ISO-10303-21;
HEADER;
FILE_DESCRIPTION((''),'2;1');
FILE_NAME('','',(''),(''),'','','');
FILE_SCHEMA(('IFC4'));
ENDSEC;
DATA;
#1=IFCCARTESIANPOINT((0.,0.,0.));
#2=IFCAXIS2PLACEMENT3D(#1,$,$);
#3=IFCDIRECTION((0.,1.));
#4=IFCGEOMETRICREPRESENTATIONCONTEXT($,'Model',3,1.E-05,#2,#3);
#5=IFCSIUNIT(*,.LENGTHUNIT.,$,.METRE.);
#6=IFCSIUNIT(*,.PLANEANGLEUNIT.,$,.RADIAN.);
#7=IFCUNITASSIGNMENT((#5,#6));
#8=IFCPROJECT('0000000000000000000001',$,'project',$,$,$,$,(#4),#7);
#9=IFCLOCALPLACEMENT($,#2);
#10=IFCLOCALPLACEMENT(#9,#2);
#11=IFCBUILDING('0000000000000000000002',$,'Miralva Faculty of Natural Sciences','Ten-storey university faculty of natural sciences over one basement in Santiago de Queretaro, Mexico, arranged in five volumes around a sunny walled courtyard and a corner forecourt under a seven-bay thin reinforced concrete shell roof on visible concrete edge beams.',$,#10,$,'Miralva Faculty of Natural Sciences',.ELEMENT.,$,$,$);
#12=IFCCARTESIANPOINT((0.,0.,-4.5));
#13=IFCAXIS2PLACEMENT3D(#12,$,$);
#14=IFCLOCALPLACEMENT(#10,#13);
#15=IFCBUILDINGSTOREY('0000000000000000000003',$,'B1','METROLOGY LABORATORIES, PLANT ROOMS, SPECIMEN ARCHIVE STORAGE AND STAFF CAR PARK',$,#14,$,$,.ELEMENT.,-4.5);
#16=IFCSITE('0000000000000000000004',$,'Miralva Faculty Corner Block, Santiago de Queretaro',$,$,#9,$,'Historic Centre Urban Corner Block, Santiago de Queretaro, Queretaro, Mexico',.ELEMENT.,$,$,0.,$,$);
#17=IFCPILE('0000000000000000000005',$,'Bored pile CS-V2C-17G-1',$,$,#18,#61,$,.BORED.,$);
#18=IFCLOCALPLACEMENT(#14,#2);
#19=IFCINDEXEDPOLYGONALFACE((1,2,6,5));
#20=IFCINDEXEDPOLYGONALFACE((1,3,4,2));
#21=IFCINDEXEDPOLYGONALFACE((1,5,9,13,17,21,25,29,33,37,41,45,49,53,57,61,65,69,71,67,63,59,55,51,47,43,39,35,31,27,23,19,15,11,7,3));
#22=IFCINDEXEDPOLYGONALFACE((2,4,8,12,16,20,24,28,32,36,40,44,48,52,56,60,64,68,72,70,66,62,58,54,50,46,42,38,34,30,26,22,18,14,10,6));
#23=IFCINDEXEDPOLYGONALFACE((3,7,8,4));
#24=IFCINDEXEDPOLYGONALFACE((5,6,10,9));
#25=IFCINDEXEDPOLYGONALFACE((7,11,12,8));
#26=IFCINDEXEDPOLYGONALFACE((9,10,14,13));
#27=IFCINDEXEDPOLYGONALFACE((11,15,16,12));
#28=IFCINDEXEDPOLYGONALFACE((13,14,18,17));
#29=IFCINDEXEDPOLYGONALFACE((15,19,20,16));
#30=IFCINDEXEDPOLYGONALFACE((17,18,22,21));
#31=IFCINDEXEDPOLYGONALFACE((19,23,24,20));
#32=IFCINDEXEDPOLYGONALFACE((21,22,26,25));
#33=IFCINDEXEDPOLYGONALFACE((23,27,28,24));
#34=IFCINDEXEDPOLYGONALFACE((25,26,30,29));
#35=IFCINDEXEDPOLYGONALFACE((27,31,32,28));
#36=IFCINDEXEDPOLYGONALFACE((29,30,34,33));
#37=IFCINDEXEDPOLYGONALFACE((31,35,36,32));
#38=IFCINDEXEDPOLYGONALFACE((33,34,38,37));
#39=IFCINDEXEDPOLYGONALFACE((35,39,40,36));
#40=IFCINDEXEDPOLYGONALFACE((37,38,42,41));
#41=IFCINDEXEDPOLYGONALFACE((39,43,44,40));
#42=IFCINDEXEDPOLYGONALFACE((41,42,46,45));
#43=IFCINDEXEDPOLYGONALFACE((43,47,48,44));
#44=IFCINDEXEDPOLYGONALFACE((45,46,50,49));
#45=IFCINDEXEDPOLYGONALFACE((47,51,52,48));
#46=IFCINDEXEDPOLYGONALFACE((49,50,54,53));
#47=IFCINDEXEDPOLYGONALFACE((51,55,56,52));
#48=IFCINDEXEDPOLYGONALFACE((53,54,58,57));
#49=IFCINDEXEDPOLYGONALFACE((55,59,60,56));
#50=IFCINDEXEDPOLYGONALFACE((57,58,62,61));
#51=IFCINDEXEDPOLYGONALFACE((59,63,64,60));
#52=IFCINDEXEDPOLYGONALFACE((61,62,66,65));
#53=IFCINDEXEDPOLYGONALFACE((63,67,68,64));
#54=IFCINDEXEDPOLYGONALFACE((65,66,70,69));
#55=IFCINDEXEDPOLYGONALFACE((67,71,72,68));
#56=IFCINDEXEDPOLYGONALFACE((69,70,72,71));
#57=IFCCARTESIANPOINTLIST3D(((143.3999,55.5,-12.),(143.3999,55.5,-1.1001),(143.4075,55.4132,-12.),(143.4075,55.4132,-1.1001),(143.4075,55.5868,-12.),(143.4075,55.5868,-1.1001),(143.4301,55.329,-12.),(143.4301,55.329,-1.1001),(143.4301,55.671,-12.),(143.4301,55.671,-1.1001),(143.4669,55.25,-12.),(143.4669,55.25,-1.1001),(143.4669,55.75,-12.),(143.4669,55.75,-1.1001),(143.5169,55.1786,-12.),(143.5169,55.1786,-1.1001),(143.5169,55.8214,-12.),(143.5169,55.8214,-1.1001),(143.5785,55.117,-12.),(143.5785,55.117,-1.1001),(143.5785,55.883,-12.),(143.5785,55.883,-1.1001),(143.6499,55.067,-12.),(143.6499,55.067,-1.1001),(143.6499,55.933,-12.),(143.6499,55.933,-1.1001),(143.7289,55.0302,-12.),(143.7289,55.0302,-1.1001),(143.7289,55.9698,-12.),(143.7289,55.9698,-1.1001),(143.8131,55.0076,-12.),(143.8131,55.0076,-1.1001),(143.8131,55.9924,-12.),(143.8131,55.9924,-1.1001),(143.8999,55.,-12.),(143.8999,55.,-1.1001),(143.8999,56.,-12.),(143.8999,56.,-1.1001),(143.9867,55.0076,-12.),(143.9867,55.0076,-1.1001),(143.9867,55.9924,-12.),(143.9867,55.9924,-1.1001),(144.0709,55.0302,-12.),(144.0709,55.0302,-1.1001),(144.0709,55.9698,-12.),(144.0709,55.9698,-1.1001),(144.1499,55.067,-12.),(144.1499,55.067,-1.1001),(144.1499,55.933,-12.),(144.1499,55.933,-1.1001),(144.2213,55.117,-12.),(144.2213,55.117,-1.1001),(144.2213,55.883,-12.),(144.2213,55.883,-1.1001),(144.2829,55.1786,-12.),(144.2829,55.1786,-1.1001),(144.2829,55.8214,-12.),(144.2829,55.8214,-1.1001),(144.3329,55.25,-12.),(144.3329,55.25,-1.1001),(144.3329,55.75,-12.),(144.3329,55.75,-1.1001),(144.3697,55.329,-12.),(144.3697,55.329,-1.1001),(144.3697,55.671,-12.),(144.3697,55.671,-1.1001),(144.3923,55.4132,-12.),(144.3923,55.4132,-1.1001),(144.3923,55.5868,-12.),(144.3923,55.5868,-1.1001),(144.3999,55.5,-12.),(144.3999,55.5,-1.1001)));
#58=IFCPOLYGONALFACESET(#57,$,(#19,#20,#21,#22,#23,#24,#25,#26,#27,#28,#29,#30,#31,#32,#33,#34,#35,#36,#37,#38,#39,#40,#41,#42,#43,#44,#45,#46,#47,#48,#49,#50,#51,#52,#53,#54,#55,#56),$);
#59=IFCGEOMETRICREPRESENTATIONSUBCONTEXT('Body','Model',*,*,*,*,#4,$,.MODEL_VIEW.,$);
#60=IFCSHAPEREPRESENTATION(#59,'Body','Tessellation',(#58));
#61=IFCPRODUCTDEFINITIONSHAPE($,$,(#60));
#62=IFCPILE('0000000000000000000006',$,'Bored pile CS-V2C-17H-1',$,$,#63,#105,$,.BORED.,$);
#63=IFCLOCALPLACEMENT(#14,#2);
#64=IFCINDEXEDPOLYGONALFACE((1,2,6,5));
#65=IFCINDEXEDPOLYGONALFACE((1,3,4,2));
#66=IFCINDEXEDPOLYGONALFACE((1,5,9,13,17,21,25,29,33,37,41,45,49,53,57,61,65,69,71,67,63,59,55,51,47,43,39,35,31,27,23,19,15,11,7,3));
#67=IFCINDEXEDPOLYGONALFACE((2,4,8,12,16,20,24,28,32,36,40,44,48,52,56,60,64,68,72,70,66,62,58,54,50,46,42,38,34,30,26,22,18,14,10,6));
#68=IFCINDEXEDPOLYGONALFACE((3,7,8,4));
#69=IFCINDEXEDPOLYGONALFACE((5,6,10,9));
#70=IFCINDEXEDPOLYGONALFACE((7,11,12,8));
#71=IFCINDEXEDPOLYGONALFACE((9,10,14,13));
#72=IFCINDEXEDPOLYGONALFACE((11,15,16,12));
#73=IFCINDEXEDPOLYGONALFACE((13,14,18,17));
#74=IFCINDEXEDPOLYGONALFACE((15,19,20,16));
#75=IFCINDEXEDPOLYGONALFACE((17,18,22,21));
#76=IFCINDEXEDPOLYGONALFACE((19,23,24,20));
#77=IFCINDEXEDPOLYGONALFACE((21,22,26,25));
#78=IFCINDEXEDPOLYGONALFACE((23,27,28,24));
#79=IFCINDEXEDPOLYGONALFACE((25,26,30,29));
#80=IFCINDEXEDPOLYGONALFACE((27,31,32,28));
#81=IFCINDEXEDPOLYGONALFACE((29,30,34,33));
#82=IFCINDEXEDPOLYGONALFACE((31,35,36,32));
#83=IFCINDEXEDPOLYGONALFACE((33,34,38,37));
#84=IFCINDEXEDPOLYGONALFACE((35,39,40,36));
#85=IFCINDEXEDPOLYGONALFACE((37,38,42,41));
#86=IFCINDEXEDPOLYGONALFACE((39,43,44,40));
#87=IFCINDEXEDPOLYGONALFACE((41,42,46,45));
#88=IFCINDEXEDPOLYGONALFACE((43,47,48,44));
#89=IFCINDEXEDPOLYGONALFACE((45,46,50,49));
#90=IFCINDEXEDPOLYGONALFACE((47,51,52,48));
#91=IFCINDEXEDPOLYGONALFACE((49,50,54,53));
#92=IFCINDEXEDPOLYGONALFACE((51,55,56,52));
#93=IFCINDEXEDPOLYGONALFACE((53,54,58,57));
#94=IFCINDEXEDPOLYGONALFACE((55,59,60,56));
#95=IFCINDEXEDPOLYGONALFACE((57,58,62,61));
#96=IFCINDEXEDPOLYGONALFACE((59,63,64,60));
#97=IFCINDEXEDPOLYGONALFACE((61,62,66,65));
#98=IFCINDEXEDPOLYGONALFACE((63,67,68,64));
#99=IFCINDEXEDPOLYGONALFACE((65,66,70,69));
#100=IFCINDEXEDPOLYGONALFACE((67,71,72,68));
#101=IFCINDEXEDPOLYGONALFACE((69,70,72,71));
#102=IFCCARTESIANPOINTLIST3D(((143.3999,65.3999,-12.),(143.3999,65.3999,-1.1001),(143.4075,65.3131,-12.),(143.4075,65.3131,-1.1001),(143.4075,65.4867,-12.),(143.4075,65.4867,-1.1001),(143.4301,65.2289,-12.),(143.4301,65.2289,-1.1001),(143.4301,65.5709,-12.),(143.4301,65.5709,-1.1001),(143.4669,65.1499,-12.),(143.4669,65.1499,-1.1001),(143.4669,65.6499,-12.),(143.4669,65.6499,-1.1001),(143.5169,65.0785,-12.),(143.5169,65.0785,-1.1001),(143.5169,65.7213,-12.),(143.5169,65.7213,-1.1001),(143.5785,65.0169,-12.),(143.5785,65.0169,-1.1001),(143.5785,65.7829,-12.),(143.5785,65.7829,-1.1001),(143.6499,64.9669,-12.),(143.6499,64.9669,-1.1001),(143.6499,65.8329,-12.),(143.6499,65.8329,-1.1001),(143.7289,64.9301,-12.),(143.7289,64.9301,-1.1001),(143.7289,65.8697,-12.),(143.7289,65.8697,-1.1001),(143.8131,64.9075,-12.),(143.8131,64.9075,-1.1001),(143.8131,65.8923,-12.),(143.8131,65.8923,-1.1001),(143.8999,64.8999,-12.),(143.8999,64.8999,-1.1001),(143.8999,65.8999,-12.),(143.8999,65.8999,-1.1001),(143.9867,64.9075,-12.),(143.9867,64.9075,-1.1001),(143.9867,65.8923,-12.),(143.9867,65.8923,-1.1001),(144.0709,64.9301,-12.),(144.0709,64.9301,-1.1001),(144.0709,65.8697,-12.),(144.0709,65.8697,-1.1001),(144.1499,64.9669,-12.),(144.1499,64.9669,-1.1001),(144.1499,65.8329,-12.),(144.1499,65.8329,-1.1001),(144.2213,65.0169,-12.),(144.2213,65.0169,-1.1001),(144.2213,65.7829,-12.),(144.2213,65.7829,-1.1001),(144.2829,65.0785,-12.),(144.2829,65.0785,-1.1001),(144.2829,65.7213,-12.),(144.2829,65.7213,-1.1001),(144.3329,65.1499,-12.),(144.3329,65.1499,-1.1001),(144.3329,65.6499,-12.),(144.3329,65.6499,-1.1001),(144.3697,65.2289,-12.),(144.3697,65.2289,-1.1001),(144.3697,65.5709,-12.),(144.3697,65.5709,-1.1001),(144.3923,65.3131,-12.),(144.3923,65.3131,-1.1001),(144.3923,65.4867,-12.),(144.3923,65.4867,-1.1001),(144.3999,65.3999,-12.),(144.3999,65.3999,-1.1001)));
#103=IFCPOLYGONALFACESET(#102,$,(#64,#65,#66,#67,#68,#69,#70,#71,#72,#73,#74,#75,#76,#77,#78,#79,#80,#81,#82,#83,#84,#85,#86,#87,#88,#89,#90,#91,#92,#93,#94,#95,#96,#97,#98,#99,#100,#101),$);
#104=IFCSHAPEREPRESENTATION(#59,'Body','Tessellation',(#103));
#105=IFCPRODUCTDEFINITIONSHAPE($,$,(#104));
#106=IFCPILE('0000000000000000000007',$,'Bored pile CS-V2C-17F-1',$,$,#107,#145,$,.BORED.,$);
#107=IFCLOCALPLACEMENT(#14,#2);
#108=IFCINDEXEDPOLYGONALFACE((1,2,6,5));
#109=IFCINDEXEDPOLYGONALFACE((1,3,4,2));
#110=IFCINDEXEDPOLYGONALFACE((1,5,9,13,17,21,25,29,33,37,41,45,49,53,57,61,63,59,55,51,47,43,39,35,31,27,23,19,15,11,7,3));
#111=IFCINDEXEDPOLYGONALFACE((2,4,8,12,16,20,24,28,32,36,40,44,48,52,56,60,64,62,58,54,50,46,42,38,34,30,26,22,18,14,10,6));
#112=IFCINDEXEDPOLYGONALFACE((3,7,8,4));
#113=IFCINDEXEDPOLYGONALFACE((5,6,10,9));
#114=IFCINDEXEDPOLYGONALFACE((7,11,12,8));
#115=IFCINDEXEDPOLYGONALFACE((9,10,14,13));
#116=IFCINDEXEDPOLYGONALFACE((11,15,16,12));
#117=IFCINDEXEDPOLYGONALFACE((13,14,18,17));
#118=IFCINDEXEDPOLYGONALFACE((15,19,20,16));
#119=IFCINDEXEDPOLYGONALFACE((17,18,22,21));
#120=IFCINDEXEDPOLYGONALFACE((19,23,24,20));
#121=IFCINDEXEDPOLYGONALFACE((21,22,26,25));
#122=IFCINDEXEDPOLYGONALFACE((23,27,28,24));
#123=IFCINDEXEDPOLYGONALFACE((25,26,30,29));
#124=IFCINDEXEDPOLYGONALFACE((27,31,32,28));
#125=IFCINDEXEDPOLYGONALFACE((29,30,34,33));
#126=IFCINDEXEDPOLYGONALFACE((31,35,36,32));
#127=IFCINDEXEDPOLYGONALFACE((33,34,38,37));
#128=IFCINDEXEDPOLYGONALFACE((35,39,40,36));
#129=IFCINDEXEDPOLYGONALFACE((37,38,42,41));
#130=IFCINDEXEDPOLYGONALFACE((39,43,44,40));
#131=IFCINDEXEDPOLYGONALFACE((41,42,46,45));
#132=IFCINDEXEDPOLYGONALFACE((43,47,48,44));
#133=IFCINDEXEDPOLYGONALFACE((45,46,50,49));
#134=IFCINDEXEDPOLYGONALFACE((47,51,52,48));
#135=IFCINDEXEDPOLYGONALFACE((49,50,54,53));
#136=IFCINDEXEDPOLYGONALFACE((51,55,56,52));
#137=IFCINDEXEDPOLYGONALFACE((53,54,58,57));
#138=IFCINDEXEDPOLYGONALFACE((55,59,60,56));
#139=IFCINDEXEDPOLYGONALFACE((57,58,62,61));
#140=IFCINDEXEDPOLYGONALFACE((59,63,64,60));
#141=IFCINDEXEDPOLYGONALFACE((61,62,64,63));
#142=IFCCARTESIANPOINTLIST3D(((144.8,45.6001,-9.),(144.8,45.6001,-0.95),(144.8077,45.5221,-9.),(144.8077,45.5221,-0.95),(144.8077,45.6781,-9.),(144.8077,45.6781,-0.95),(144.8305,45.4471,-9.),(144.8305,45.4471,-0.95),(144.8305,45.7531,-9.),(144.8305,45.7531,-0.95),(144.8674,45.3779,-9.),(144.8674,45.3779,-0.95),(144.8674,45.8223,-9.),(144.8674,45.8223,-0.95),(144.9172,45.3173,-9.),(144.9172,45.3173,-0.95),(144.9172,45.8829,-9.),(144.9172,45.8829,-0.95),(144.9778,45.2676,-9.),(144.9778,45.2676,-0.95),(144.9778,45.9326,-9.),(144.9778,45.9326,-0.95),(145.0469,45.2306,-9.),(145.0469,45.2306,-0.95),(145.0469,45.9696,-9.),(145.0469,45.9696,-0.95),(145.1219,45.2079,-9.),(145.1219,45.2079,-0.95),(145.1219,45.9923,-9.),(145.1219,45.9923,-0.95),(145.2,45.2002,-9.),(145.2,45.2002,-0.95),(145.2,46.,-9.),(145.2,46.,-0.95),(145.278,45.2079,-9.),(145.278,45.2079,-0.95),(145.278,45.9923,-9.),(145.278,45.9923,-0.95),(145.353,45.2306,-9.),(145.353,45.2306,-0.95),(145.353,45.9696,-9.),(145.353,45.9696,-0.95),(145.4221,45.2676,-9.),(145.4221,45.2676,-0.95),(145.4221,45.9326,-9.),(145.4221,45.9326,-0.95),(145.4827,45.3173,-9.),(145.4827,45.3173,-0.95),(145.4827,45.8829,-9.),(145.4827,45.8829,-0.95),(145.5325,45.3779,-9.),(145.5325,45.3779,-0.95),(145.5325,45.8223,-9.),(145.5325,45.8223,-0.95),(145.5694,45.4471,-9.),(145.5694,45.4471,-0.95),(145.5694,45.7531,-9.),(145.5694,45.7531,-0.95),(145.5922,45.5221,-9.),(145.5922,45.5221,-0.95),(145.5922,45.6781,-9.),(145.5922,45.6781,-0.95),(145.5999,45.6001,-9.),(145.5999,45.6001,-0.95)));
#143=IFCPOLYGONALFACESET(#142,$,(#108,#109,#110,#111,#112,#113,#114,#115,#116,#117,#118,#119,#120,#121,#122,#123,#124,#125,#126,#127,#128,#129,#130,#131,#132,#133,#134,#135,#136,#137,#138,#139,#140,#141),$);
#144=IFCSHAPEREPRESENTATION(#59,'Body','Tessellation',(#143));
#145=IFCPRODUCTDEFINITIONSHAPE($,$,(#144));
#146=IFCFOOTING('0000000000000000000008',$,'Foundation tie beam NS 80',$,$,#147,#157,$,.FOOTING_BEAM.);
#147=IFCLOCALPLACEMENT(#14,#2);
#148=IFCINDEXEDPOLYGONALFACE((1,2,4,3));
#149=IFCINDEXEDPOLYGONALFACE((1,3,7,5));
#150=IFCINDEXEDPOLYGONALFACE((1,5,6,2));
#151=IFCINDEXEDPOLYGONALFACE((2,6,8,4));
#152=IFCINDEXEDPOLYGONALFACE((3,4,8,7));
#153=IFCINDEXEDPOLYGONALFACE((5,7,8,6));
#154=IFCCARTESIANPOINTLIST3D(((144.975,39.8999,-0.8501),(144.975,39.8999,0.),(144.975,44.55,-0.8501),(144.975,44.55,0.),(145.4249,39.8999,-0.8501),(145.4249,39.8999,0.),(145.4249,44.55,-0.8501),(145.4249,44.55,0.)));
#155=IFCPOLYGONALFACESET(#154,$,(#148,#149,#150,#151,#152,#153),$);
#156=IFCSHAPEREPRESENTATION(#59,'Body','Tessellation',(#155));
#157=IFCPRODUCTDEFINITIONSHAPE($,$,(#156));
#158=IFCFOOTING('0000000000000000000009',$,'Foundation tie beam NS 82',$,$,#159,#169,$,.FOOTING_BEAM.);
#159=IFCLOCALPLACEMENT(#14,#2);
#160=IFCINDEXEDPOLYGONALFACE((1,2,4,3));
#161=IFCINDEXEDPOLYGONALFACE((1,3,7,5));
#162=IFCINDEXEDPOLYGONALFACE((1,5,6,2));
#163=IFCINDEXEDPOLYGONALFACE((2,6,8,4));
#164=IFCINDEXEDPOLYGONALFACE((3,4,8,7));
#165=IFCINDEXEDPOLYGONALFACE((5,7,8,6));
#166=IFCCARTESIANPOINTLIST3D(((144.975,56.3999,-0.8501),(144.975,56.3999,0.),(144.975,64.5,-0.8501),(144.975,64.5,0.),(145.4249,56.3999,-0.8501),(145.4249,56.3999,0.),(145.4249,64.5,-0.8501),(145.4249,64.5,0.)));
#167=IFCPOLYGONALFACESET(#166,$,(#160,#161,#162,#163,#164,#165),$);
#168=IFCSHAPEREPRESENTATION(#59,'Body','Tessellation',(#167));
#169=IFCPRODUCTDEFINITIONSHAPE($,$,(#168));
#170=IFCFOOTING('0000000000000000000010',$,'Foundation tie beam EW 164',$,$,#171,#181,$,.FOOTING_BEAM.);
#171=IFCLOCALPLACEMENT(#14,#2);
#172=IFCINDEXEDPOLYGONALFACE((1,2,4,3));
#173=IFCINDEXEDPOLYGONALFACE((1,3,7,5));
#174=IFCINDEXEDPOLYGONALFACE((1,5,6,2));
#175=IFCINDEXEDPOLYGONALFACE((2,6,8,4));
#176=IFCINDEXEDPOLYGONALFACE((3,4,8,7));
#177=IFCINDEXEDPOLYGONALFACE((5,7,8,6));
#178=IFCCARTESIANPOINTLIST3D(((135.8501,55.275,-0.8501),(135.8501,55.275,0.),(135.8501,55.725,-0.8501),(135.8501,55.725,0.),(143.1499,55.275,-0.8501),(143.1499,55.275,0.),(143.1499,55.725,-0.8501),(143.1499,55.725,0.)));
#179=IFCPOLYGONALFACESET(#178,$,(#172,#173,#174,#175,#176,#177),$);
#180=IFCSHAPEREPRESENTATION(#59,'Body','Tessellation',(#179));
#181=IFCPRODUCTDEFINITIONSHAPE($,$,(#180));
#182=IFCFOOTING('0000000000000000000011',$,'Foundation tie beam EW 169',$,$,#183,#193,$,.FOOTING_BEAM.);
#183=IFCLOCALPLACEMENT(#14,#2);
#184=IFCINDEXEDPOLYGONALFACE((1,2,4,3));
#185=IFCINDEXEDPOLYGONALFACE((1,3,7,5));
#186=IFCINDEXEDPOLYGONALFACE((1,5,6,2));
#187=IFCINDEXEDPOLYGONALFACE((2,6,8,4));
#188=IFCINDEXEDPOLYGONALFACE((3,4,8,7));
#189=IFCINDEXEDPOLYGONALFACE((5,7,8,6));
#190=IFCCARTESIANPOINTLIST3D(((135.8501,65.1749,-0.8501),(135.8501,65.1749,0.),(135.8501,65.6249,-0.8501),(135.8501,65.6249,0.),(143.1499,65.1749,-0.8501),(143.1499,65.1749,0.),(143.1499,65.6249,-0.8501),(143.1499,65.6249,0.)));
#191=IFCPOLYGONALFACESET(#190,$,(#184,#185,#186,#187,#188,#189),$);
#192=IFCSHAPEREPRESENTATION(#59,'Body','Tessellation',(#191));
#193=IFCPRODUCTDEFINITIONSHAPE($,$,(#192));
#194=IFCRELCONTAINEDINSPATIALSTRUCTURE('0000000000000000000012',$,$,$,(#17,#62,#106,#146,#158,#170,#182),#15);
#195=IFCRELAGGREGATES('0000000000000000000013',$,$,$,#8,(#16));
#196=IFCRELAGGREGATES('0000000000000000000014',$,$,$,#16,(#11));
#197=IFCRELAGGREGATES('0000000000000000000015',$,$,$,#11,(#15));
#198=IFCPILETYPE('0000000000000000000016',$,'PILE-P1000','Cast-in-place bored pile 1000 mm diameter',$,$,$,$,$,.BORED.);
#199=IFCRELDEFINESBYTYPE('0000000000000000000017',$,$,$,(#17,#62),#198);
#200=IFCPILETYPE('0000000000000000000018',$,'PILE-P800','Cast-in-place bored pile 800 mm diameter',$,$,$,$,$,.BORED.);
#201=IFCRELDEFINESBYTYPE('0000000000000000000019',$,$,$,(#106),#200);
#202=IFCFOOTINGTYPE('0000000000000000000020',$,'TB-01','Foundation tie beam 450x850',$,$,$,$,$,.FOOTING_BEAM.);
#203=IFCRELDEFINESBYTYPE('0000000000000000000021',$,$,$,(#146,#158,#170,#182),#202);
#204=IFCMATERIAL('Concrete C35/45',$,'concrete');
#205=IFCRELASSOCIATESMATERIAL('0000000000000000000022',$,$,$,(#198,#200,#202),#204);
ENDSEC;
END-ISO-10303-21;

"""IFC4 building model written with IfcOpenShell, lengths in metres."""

from ifc_helpers import new_model, si_unit, direction, frame, origin, origin_2d, place, context, subcontext, project, spatial, rectangle, circle, extrude, material, material_profile, profile_set, type_object, element, save


model = new_model("IFC4")

# Units and contexts
model_context = context("Model", 3, precision=1e-05, world=origin(), true_north=direction((0.0, 1.0)))
body_context = subcontext(model_context, "Body", "Model", "MODEL_VIEW")
ifc_project = project(units=[si_unit("LENGTHUNIT", "METRE"), si_unit("PLANEANGLEUNIT", "RADIAN")], contexts=[model_context])

# Site, building, storey
site_placement = place(None, origin())
site = spatial("IfcSite", under=ifc_project, at=site_placement, Name="Miralva Faculty Corner Block, Santiago de Queretaro", LongName="Historic Centre Urban Corner Block, Santiago de Queretaro, Queretaro, Mexico", CompositionType="ELEMENT", RefElevation=0.0)
building_placement = place(site_placement, origin())
building = spatial("IfcBuilding", under=site, at=building_placement, Name="Miralva Faculty of Natural Sciences", Description="Ten-storey university faculty of natural sciences over one basement in Santiago de Queretaro, Mexico, arranged in five volumes around a sunny walled courtyard and a corner forecourt under a seven-bay thin reinforced concrete shell roof on visible concrete edge beams.", LongName="Miralva Faculty of Natural Sciences", CompositionType="ELEMENT")
storey_placement = place(building_placement, frame((0.0, 0.0, -4.5)))
storey = spatial("IfcBuildingStorey", under=building, at=storey_placement, Name="B1", Description="METROLOGY LABORATORIES, PLANT ROOMS, SPECIMEN ARCHIVE STORAGE AND STAFF CAR PARK", CompositionType="ELEMENT", Elevation=-4.5)

# Shared definitions
ifc_material_1 = material(Name="Concrete C35/45", Category="concrete")

# Piles
ifc_material_profile_1 = material_profile(ifc_material_1, circle(Radius=0.5, at=origin_2d()), Name="BORED PILE 1000")
ifc_profile_set_1 = profile_set([ifc_material_profile_1], Name="Concrete C35/45")
pile_type_1 = type_object("IfcPileType", Name="PILE-P1000", Description="Cast-in-place bored pile 1000 mm diameter", PredefinedType="BORED", material=ifc_profile_set_1)
for number, where, z_axis, x_axis, name in (
    (1, (143.8999, 55.5, -1.1001), (0.0, 0.0, -1.0), (1.0, 0.0, 0.0), "Bored pile CS-V2C-17G-1"),
    (2, (143.8999, 65.3999, -1.1001), (0.0, 0.0, -1.0), (1.0, 0.0, 0.0), "Bored pile CS-V2C-17H-1"),
):
    element("IfcPile", number, at=place(storey_placement, frame(where, z_axis=z_axis, x_axis=x_axis)), inside=storey, type_object=pile_type_1, Name=name, PredefinedType="BORED", context=body_context, shape_type="SweptSolid", body=[
        extrude(circle(Radius=0.5, at=origin_2d()), origin(), (0.0, 0.0, 1.0), 10.8999),
    ])
ifc_material_profile_2 = material_profile(ifc_material_1, circle(Radius=0.3999, at=origin_2d()), Name="BORED PILE 800")
ifc_profile_set_2 = profile_set([ifc_material_profile_2], Name="Concrete C35/45")
pile_type_2 = type_object("IfcPileType", Name="PILE-P800", Description="Cast-in-place bored pile 800 mm diameter", PredefinedType="BORED", material=ifc_profile_set_2)
pile_placement = place(storey_placement, frame((145.2, 45.6001, -0.95), z_axis=(0.0, 0.0, -1.0), x_axis=(1.0, 0.0, 0.0)))
element("IfcPile", 3, at=pile_placement, inside=storey, type_object=pile_type_2, Name="Bored pile CS-V2C-17F-1", PredefinedType="BORED", context=body_context, shape_type="SweptSolid", body=[
    extrude(circle(Radius=0.3999, at=origin_2d()), origin(), (0.0, 0.0, 1.0), 8.05),
])

# Footings
ifc_material_profile_3 = material_profile(ifc_material_1, rectangle(XDim=0.45, YDim=0.8501, at=origin_2d()), Name="RC 450x850")
ifc_profile_set_3 = profile_set([ifc_material_profile_3], Name="Concrete C35/45")
footing_type_1 = type_object("IfcFootingType", Name="TB-01", Description="Foundation tie beam 450x850", PredefinedType="FOOTING_BEAM", material=ifc_profile_set_3)
footing_1_placement = place(storey_placement, frame((145.2, 39.8999, -0.425), z_axis=(0.0, 1.0, 0.0), x_axis=(-1.0, 0.0, 0.0)))
element("IfcFooting", 4, at=footing_1_placement, inside=storey, type_object=footing_type_1, Name="Foundation tie beam NS 80", PredefinedType="FOOTING_BEAM", context=body_context, shape_type="SweptSolid", body=[
    extrude(rectangle(XDim=0.45, YDim=0.8501, at=origin_2d()), origin(), (0.0, 0.0, 1.0), 4.6501),
])
footing_2_placement = place(storey_placement, frame((145.2, 56.3999, -0.425), z_axis=(0.0, 1.0, 0.0), x_axis=(-1.0, 0.0, 0.0)))
element("IfcFooting", 5, at=footing_2_placement, inside=storey, type_object=footing_type_1, Name="Foundation tie beam NS 82", PredefinedType="FOOTING_BEAM", context=body_context, shape_type="SweptSolid", body=[
    extrude(rectangle(XDim=0.45, YDim=0.8501, at=origin_2d()), origin(), (0.0, 0.0, 1.0), 8.1001),
])
for number, where, z_axis, x_axis, name in (
    (6, (135.8501, 55.5, -0.425), (1.0, 0.0, 0.0), (0.0, 1.0, 0.0), "Foundation tie beam EW 164"),
    (7, (135.8501, 65.3999, -0.425), (1.0, 0.0, 0.0), (0.0, 1.0, 0.0), "Foundation tie beam EW 169"),
):
    element("IfcFooting", number, at=place(storey_placement, frame(where, z_axis=z_axis, x_axis=x_axis)), inside=storey, type_object=footing_type_1, Name=name, PredefinedType="FOOTING_BEAM", context=body_context, shape_type="SweptSolid", body=[
        extrude(rectangle(XDim=0.45, YDim=0.8501, at=origin_2d()), origin(), (0.0, 0.0, 1.0), 7.2998),
    ])

save(model, "model.ifc")
